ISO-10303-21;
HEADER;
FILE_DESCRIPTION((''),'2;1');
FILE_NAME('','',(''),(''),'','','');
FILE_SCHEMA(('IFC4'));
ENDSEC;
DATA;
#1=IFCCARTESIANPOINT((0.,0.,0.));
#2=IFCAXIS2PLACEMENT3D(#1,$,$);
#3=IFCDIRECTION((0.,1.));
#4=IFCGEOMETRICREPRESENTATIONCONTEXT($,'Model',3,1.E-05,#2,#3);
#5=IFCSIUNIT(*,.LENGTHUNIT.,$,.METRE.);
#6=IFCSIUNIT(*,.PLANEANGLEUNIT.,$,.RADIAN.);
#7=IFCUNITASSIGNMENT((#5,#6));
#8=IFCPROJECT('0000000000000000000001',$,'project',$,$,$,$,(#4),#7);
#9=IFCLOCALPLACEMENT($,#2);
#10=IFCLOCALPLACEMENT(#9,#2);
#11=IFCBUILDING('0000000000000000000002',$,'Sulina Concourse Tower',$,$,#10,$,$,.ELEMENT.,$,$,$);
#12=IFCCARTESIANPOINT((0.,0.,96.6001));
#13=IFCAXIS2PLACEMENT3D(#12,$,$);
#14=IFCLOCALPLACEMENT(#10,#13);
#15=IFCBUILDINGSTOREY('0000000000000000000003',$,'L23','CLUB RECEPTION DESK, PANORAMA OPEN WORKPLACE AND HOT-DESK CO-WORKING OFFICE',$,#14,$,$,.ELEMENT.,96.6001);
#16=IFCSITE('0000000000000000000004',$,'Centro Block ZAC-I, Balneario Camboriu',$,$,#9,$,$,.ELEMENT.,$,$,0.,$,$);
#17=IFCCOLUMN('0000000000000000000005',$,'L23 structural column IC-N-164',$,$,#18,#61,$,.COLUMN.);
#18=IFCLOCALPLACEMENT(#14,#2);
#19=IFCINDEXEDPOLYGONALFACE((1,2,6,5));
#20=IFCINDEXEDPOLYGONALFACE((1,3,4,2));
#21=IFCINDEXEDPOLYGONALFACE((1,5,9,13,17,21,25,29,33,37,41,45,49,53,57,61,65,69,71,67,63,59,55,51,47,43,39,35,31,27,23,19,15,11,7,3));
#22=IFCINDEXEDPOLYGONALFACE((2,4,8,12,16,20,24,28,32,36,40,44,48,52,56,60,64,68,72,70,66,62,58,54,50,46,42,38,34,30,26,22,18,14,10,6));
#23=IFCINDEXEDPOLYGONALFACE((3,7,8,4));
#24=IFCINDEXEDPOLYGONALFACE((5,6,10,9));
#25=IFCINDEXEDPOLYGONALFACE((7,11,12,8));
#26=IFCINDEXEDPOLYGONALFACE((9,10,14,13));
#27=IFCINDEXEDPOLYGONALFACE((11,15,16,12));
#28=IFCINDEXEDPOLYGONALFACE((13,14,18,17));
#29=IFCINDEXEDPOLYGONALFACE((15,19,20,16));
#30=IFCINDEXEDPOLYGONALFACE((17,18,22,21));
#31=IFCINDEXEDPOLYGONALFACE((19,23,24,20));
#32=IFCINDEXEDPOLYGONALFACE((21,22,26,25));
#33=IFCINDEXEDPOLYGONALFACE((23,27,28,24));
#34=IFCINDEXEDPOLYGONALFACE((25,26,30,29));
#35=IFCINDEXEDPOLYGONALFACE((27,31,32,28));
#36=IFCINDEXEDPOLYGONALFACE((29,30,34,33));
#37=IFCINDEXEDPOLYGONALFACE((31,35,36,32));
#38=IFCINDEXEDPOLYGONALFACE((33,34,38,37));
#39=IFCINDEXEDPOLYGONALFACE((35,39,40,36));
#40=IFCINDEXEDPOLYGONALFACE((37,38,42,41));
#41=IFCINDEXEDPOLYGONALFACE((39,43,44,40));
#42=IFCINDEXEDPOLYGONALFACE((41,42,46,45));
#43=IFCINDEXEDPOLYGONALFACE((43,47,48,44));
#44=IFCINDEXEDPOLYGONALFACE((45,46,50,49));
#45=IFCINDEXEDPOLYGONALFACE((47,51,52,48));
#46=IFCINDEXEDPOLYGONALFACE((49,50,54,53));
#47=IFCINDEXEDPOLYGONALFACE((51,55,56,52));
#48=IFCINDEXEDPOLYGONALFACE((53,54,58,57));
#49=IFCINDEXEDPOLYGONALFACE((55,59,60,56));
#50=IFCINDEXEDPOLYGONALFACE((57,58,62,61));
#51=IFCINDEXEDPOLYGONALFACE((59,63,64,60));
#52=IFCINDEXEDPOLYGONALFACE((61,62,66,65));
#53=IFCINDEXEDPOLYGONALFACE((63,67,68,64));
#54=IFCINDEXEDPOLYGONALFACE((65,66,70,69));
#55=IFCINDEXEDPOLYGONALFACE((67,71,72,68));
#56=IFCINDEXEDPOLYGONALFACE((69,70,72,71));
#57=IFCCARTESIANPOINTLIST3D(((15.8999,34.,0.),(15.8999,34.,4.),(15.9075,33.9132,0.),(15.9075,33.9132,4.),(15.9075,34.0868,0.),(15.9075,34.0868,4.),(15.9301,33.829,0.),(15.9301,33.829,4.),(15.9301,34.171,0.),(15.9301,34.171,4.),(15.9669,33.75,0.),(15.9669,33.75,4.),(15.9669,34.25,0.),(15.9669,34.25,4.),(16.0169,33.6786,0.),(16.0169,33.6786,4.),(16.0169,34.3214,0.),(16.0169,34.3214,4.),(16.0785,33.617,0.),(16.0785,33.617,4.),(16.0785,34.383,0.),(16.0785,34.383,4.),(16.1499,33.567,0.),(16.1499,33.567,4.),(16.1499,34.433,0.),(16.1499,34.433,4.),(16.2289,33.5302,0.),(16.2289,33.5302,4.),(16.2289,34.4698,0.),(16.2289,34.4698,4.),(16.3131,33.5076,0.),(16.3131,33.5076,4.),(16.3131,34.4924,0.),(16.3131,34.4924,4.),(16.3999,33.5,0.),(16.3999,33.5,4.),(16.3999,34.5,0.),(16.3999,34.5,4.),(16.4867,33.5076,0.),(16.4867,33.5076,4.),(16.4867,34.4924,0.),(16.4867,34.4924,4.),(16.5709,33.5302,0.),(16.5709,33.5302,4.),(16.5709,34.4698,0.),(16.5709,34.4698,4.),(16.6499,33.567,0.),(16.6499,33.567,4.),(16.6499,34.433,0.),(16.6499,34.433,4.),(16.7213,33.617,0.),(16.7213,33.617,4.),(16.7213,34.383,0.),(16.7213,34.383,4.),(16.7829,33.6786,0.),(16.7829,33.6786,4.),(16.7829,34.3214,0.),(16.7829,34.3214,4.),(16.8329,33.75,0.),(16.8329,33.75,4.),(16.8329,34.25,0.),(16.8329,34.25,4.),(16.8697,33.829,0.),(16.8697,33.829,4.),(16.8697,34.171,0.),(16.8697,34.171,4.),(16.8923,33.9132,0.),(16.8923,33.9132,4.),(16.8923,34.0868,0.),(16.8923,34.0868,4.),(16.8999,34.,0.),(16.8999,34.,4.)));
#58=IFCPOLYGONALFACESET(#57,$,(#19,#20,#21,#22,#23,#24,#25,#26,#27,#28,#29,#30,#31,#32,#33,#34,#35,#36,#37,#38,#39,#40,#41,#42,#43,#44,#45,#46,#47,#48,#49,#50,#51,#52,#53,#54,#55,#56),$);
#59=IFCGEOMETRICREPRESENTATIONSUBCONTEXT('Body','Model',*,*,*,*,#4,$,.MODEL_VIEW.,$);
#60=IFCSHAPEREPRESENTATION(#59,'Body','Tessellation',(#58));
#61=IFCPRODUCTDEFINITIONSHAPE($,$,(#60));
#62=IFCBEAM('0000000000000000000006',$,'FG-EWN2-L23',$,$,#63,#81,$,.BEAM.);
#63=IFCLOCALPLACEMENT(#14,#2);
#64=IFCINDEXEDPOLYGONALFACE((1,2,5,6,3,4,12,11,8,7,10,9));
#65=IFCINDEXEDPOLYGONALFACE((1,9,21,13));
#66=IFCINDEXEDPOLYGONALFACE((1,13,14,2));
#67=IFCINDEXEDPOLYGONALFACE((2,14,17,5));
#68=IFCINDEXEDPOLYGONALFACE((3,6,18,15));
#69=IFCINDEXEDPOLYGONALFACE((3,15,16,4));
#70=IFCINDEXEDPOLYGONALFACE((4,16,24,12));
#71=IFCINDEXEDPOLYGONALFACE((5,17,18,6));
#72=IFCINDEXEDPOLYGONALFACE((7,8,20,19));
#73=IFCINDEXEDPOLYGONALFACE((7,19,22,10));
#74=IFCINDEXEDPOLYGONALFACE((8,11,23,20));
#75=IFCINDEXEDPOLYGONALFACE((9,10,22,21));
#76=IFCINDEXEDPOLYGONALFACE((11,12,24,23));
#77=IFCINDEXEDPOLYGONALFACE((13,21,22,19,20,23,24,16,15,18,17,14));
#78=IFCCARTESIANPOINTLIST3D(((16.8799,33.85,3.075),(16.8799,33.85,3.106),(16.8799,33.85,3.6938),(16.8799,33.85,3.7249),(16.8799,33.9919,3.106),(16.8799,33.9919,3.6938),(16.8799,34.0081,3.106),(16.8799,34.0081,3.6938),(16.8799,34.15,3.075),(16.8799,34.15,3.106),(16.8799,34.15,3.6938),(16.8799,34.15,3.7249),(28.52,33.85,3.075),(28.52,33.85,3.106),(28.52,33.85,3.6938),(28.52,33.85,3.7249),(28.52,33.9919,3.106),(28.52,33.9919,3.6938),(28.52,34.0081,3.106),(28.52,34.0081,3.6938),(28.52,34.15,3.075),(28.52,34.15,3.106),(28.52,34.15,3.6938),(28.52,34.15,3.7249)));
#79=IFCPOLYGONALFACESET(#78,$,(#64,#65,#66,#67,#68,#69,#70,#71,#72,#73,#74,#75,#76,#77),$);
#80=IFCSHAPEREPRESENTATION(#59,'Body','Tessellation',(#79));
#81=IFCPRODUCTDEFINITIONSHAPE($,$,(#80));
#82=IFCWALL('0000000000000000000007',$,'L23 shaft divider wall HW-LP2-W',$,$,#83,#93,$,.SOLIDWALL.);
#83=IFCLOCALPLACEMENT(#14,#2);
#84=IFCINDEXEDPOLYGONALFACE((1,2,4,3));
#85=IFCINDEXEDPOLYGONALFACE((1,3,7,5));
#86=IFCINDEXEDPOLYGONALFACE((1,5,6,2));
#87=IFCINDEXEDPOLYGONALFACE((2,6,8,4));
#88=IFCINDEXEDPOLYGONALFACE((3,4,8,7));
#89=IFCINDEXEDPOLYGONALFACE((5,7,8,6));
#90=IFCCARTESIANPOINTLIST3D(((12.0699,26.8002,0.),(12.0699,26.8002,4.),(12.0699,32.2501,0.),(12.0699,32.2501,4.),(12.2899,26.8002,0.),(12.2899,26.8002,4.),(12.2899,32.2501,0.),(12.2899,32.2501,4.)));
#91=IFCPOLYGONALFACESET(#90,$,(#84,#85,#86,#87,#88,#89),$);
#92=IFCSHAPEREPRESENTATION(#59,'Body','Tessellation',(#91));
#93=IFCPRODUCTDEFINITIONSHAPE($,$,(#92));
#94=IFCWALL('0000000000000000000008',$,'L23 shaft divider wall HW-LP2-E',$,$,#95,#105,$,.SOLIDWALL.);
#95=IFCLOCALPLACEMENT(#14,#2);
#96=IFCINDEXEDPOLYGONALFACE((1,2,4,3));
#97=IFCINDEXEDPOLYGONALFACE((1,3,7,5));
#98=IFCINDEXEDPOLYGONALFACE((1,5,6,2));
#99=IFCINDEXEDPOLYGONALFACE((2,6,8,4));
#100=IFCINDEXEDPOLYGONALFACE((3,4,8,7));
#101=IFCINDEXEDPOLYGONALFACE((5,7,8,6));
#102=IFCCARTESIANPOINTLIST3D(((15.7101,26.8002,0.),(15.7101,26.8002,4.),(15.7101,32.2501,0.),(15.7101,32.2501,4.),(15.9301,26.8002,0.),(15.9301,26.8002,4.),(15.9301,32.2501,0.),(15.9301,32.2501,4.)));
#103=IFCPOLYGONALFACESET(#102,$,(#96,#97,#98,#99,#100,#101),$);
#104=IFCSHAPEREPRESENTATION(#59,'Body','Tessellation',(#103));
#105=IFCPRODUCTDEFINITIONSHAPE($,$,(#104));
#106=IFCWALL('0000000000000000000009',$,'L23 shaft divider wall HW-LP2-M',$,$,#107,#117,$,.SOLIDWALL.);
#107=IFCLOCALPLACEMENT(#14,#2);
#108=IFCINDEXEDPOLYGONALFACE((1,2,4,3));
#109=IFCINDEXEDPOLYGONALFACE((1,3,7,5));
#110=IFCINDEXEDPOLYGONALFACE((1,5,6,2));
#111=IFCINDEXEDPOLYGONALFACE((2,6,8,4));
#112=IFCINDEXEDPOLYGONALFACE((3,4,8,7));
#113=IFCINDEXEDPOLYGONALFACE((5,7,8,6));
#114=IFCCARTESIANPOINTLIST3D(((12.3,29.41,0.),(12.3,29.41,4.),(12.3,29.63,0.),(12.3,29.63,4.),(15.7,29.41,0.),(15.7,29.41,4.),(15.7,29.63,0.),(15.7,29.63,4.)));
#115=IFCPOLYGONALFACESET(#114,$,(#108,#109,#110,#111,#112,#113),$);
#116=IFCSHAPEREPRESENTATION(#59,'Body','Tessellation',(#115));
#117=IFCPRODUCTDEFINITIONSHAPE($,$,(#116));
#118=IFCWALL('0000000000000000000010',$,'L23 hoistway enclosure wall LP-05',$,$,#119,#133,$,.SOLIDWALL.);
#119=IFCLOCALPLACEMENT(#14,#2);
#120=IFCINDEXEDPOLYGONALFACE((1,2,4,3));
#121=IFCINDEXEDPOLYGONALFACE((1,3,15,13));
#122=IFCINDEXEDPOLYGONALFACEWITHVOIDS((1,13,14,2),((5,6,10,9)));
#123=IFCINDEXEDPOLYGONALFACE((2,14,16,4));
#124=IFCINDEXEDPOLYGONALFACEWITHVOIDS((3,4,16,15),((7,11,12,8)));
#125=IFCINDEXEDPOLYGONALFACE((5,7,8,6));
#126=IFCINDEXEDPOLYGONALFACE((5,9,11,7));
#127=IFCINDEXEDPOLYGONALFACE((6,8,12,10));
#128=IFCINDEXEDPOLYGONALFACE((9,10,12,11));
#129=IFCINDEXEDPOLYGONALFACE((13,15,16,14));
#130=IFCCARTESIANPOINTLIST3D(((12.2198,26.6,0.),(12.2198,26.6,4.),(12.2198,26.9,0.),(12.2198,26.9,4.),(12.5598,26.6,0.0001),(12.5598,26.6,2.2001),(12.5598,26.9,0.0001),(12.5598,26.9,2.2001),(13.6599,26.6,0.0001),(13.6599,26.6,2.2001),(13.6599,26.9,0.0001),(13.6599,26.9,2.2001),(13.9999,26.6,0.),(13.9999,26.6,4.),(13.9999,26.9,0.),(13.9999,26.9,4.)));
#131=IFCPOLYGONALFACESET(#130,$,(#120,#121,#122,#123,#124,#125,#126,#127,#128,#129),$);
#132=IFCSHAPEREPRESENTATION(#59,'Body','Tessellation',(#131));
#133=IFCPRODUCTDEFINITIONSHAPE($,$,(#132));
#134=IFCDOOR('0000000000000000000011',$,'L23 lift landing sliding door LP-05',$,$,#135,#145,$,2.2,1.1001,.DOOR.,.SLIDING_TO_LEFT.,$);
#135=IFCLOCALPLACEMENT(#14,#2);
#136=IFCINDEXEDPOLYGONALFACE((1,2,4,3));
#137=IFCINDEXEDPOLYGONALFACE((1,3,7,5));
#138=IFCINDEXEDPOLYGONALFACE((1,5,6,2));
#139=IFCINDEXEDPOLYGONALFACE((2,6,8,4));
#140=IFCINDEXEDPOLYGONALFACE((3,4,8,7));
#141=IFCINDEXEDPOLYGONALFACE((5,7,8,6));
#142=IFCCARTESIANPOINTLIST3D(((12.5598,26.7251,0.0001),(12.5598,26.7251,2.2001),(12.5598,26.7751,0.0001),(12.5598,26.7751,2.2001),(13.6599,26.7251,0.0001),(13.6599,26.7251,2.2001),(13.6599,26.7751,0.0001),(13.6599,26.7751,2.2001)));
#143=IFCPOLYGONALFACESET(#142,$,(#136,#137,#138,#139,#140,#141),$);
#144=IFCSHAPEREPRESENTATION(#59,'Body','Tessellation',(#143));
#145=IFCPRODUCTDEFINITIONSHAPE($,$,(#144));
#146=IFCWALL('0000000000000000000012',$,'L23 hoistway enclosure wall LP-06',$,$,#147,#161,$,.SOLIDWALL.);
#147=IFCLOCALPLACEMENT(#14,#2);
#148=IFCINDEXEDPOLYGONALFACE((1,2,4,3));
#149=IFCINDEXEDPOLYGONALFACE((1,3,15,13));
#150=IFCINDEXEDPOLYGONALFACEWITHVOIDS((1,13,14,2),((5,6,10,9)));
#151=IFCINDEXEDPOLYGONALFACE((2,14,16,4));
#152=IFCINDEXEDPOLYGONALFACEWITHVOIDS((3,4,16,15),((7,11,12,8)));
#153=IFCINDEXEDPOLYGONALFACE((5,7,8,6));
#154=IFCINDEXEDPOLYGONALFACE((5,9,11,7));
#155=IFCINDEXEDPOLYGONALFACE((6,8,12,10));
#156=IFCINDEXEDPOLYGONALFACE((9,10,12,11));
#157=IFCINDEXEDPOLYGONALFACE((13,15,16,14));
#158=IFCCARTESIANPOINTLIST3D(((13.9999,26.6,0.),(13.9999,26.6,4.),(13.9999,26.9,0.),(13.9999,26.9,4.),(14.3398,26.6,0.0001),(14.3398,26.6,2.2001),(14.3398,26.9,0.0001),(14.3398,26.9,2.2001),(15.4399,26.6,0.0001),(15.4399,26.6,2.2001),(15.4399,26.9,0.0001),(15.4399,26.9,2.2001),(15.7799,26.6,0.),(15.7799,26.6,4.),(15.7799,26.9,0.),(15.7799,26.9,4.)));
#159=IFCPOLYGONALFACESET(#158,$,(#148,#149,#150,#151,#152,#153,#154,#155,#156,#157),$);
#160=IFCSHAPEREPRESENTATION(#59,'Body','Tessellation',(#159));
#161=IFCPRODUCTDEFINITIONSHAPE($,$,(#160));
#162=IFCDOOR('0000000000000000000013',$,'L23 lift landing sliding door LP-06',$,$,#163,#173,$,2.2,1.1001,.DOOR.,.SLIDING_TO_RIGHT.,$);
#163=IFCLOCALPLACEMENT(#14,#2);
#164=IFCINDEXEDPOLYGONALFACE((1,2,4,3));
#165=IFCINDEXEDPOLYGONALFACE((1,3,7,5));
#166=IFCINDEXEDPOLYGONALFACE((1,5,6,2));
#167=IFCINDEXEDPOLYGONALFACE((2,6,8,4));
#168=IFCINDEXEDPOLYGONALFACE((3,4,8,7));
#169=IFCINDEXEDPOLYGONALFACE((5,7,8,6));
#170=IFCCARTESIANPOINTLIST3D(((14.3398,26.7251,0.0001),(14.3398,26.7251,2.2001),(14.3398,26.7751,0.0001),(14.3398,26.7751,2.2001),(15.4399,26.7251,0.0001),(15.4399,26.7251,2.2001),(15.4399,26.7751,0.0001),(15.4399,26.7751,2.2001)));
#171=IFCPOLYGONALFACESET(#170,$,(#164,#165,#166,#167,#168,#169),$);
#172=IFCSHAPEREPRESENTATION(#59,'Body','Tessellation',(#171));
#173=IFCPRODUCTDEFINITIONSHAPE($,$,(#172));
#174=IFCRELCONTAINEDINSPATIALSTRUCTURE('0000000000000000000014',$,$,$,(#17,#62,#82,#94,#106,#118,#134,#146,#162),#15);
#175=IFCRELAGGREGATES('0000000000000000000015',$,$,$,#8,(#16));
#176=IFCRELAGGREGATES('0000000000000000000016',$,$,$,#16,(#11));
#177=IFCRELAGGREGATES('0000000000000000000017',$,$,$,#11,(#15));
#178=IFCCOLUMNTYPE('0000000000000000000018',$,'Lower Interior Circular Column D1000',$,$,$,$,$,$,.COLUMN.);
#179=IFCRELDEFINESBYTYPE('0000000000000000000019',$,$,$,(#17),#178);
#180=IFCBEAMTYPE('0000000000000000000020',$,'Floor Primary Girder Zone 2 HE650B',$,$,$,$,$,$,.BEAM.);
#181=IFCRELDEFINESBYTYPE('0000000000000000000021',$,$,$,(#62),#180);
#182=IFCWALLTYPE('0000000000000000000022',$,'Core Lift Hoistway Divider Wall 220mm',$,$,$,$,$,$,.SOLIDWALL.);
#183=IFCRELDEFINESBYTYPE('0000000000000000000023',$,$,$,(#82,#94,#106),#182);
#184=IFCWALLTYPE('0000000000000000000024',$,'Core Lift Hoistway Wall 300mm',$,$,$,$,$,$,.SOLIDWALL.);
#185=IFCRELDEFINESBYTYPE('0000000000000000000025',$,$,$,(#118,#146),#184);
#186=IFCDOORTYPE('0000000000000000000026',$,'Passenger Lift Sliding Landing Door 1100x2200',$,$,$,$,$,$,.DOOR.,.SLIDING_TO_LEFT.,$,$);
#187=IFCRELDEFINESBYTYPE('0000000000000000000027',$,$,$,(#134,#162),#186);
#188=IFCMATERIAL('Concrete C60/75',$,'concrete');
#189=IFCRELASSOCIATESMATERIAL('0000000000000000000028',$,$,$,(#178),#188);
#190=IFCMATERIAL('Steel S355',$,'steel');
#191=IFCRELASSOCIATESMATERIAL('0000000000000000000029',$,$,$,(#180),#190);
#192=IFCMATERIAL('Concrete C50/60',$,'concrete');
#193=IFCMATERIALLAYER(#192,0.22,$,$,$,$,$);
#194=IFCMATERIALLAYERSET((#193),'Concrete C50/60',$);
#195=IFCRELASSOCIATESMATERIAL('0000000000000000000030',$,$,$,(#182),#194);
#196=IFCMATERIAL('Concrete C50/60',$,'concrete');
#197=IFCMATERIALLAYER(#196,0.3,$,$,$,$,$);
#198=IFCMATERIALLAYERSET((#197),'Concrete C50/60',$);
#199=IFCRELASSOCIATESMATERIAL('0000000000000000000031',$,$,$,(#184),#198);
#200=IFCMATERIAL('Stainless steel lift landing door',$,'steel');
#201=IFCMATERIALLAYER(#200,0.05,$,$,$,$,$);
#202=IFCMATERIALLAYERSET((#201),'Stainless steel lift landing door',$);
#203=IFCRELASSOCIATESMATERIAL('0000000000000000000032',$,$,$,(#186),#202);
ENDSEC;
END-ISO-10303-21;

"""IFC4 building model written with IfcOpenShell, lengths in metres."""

from ifc_helpers import new_model, si_unit, direction, frame, frame_2d, origin, origin_2d, place, context, subcontext, project, spatial, rectangle, circle, i_section, extrude, material, layer, layer_set, material_profile, profile_set, type_object, element, fill, save


model = new_model("IFC4")

# Units and contexts
model_context = context("Model", 3, precision=1e-05, world=origin(), true_north=direction((0.0, 1.0)))
body_context = subcontext(model_context, "Body", "Model", "MODEL_VIEW")
ifc_project = project(units=[si_unit("LENGTHUNIT", "METRE"), si_unit("PLANEANGLEUNIT", "RADIAN")], contexts=[model_context])

# Site, building, storey
site_placement = place(None, origin())
site = spatial("IfcSite", under=ifc_project, at=site_placement, Name="Centro Block ZAC-I, Balneario Camboriu", CompositionType="ELEMENT", RefElevation=0.0)
building_placement = place(site_placement, origin())
building = spatial("IfcBuilding", under=site, at=building_placement, Name="Sulina Concourse Tower", CompositionType="ELEMENT")
storey_placement = place(building_placement, frame((0.0, 0.0, 96.6001)))
storey = spatial("IfcBuildingStorey", under=building, at=storey_placement, Name="L23", Description="CLUB RECEPTION DESK, PANORAMA OPEN WORKPLACE AND HOT-DESK CO-WORKING OFFICE", CompositionType="ELEMENT", Elevation=96.6001)

# Column
ifc_material_1 = material(Name="Concrete C60/75", Category="concrete")
ifc_material_profile_1 = material_profile(ifc_material_1, circle(Radius=0.5, at=origin_2d()), Name="RC D1000")
ifc_profile_set_1 = profile_set([ifc_material_profile_1], Name="Concrete C60/75")
column_type = type_object("IfcColumnType", Name="Lower Interior Circular Column D1000", PredefinedType="COLUMN", material=ifc_profile_set_1)
column_placement = place(storey_placement, frame((16.3999, 34.0, 0.0), z_axis=(0.0, 0.0, 1.0), x_axis=(1.0, 0.0, 0.0)))
element("IfcColumn", 1, at=column_placement, inside=storey, type_object=column_type, Name="L23 structural column IC-N-164", PredefinedType="COLUMN", context=body_context, shape_type="SweptSolid", body=[
    extrude(circle(Radius=0.5, at=origin_2d()), origin(), (0.0, 0.0, 1.0), 4.0),
])

# Beam
ifc_material_2 = material(Name="Steel S355", Category="steel")
ifc_material_profile_2 = material_profile(ifc_material_2, i_section(OverallWidth=0.3, OverallDepth=0.6499, WebThickness=0.0161, FlangeThickness=0.031, at=origin_2d()), Name="HE 650 B")
ifc_profile_set_2 = profile_set([ifc_material_profile_2], Name="Steel S355")
beam_type = type_object("IfcBeamType", Name="Floor Primary Girder Zone 2 HE650B", PredefinedType="BEAM", material=ifc_profile_set_2)
beam_placement = place(storey_placement, frame((16.8799, 34.0, 3.3999), z_axis=(1.0, 0.0, 0.0), x_axis=(0.0, 1.0, 0.0)))
element("IfcBeam", 2, at=beam_placement, inside=storey, type_object=beam_type, Name="FG-EWN2-L23", PredefinedType="BEAM", context=body_context, shape_type="SweptSolid", body=[
    extrude(i_section(OverallWidth=0.3, OverallDepth=0.6499, WebThickness=0.0161, FlangeThickness=0.031, at=origin_2d()), origin(), (0.0, 0.0, 1.0), 11.6401),
])

# Walls
ifc_material_3 = material(Name="Concrete C50/60", Category="concrete")
ifc_layer_1 = layer(ifc_material_3, 0.22)
ifc_layer_set_1 = layer_set([ifc_layer_1], Name="Concrete C50/60")
wall_type_1 = type_object("IfcWallType", Name="Core Lift Hoistway Divider Wall 220mm", PredefinedType="SOLIDWALL", material=ifc_layer_set_1)
for number, where, z_axis, x_axis, name in (
    (3, (12.1799, 26.8, 0.0), (0.0, 0.0, 1.0), (0.0, 1.0, 0.0), "L23 shaft divider wall HW-LP2-W"),
    (4, (15.8201, 26.8, 0.0), (0.0, 0.0, 1.0), (0.0, 1.0, 0.0), "L23 shaft divider wall HW-LP2-E"),
):
    element("IfcWall", number, at=place(storey_placement, frame(where, z_axis=z_axis, x_axis=x_axis)), inside=storey, type_object=wall_type_1, Name=name, PredefinedType="SOLIDWALL", context=body_context, shape_type="SweptSolid", body=[
        extrude(rectangle(XDim=5.45, YDim=0.22, at=frame_2d((2.7251, 0.0))), origin(), (0.0, 0.0, 1.0), 4.0),
    ])
wall_1_placement = place(storey_placement, frame((12.3, 29.52, 0.0), z_axis=(0.0, 0.0, 1.0), x_axis=(1.0, 0.0, 0.0)))
element("IfcWall", 5, at=wall_1_placement, inside=storey, type_object=wall_type_1, Name="L23 shaft divider wall HW-LP2-M", PredefinedType="SOLIDWALL", context=body_context, shape_type="SweptSolid", body=[
    extrude(rectangle(XDim=3.3999, YDim=0.22, at=frame_2d((1.7, 0.0))), origin(), (0.0, 0.0, 1.0), 4.0),
])

# Walls, openings, doors
ifc_material_4 = material(Name="Concrete C50/60", Category="concrete")
ifc_layer_2 = layer(ifc_material_4, 0.3)
ifc_layer_set_2 = layer_set([ifc_layer_2], Name="Concrete C50/60")
wall_type_2 = type_object("IfcWallType", Name="Core Lift Hoistway Wall 300mm", PredefinedType="SOLIDWALL", material=ifc_layer_set_2)
wall_2_placement = place(storey_placement, frame((14.0, 26.75, 0.0), z_axis=(0.0, 0.0, 1.0), x_axis=(-1.0, 0.0, 0.0)))
wall_2 = element("IfcWall", 6, at=wall_2_placement, inside=storey, type_object=wall_type_2, Name="L23 hoistway enclosure wall LP-05", PredefinedType="SOLIDWALL", context=body_context, shape_type="SweptSolid", body=[
    extrude(rectangle(XDim=1.78, YDim=0.3, at=frame_2d((0.8901, 0.0))), origin(), (0.0, 0.0, 1.0), 4.0),
])
opening_1_placement = place(wall_2_placement, frame((0.3401, 0.0, 0.0)))
opening_1 = element("IfcOpeningElement", 7, at=opening_1_placement, cuts=wall_2, PredefinedType="OPENING", context=body_context, shape_type="SweptSolid", body=[
    extrude(rectangle(XDim=1.1001, YDim=2.2, at=frame_2d((0.55, 1.1001))), frame((0.0, 0.1599, 0.0), z_axis=(0.0, -1.0, 0.0), x_axis=(1.0, 0.0, 0.0)), (0.0, 0.0, 1.0), 0.3201),
])
ifc_material_5 = material(Name="Stainless steel lift landing door", Category="steel")
ifc_layer_3 = layer(ifc_material_5, 0.05)
ifc_layer_set_3 = layer_set([ifc_layer_3], Name="Stainless steel lift landing door")
door_type_1 = type_object("IfcDoorType", Name="Passenger Lift Sliding Landing Door 1100x2200", OperationType="SLIDING_TO_LEFT", PredefinedType="DOOR", material=ifc_layer_set_3)
door_1_placement = place(opening_1_placement, origin())
door_1 = element("IfcDoor", 8, at=door_1_placement, inside=storey, type_object=door_type_1, Name="L23 lift landing sliding door LP-05", OperationType="SLIDING_TO_LEFT", OverallHeight=2.2, OverallWidth=1.1001, PredefinedType="DOOR", context=body_context, shape_type="SweptSolid", body=[
    extrude(rectangle(XDim=1.1001, YDim=2.2, at=frame_2d((0.55, 1.1001))), frame((0.0, 0.0249, 0.0), z_axis=(0.0, -1.0, 0.0), x_axis=(1.0, 0.0, 0.0)), (0.0, 0.0, 1.0), 0.05),
])
fill(opening_1, door_1)
wall_3_placement = place(storey_placement, frame((15.78, 26.75, 0.0), z_axis=(0.0, 0.0, 1.0), x_axis=(-1.0, 0.0, 0.0)))
wall_3 = element("IfcWall", 9, at=wall_3_placement, inside=storey, type_object=wall_type_2, Name="L23 hoistway enclosure wall LP-06", PredefinedType="SOLIDWALL", context=body_context, shape_type="SweptSolid", body=[
    extrude(rectangle(XDim=1.78, YDim=0.3, at=frame_2d((0.8901, 0.0))), origin(), (0.0, 0.0, 1.0), 4.0),
])
opening_2_placement = place(wall_3_placement, frame((0.3401, 0.0, 0.0)))
opening_2 = element("IfcOpeningElement", 10, at=opening_2_placement, cuts=wall_3, PredefinedType="OPENING", context=body_context, shape_type="SweptSolid", body=[
    extrude(rectangle(XDim=1.1001, YDim=2.2, at=frame_2d((0.55, 1.1001))), frame((0.0, 0.1599, 0.0), z_axis=(0.0, -1.0, 0.0), x_axis=(1.0, 0.0, 0.0)), (0.0, 0.0, 1.0), 0.3201),
])
door_2_placement = place(opening_2_placement, origin())
door_2 = element("IfcDoor", 11, at=door_2_placement, inside=storey, type_object=door_type_1, Name="L23 lift landing sliding door LP-06", OperationType="SLIDING_TO_RIGHT", OverallHeight=2.2, OverallWidth=1.1001, PredefinedType="DOOR", context=body_context, shape_type="SweptSolid", body=[
    extrude(rectangle(XDim=1.1001, YDim=2.2, at=frame_2d((0.55, 1.1001))), frame((0.0, 0.0249, 0.0), z_axis=(0.0, -1.0, 0.0), x_axis=(1.0, 0.0, 0.0)), (0.0, 0.0, 1.0), 0.05),
])
fill(opening_2, door_2)

save(model, "model.ifc")
